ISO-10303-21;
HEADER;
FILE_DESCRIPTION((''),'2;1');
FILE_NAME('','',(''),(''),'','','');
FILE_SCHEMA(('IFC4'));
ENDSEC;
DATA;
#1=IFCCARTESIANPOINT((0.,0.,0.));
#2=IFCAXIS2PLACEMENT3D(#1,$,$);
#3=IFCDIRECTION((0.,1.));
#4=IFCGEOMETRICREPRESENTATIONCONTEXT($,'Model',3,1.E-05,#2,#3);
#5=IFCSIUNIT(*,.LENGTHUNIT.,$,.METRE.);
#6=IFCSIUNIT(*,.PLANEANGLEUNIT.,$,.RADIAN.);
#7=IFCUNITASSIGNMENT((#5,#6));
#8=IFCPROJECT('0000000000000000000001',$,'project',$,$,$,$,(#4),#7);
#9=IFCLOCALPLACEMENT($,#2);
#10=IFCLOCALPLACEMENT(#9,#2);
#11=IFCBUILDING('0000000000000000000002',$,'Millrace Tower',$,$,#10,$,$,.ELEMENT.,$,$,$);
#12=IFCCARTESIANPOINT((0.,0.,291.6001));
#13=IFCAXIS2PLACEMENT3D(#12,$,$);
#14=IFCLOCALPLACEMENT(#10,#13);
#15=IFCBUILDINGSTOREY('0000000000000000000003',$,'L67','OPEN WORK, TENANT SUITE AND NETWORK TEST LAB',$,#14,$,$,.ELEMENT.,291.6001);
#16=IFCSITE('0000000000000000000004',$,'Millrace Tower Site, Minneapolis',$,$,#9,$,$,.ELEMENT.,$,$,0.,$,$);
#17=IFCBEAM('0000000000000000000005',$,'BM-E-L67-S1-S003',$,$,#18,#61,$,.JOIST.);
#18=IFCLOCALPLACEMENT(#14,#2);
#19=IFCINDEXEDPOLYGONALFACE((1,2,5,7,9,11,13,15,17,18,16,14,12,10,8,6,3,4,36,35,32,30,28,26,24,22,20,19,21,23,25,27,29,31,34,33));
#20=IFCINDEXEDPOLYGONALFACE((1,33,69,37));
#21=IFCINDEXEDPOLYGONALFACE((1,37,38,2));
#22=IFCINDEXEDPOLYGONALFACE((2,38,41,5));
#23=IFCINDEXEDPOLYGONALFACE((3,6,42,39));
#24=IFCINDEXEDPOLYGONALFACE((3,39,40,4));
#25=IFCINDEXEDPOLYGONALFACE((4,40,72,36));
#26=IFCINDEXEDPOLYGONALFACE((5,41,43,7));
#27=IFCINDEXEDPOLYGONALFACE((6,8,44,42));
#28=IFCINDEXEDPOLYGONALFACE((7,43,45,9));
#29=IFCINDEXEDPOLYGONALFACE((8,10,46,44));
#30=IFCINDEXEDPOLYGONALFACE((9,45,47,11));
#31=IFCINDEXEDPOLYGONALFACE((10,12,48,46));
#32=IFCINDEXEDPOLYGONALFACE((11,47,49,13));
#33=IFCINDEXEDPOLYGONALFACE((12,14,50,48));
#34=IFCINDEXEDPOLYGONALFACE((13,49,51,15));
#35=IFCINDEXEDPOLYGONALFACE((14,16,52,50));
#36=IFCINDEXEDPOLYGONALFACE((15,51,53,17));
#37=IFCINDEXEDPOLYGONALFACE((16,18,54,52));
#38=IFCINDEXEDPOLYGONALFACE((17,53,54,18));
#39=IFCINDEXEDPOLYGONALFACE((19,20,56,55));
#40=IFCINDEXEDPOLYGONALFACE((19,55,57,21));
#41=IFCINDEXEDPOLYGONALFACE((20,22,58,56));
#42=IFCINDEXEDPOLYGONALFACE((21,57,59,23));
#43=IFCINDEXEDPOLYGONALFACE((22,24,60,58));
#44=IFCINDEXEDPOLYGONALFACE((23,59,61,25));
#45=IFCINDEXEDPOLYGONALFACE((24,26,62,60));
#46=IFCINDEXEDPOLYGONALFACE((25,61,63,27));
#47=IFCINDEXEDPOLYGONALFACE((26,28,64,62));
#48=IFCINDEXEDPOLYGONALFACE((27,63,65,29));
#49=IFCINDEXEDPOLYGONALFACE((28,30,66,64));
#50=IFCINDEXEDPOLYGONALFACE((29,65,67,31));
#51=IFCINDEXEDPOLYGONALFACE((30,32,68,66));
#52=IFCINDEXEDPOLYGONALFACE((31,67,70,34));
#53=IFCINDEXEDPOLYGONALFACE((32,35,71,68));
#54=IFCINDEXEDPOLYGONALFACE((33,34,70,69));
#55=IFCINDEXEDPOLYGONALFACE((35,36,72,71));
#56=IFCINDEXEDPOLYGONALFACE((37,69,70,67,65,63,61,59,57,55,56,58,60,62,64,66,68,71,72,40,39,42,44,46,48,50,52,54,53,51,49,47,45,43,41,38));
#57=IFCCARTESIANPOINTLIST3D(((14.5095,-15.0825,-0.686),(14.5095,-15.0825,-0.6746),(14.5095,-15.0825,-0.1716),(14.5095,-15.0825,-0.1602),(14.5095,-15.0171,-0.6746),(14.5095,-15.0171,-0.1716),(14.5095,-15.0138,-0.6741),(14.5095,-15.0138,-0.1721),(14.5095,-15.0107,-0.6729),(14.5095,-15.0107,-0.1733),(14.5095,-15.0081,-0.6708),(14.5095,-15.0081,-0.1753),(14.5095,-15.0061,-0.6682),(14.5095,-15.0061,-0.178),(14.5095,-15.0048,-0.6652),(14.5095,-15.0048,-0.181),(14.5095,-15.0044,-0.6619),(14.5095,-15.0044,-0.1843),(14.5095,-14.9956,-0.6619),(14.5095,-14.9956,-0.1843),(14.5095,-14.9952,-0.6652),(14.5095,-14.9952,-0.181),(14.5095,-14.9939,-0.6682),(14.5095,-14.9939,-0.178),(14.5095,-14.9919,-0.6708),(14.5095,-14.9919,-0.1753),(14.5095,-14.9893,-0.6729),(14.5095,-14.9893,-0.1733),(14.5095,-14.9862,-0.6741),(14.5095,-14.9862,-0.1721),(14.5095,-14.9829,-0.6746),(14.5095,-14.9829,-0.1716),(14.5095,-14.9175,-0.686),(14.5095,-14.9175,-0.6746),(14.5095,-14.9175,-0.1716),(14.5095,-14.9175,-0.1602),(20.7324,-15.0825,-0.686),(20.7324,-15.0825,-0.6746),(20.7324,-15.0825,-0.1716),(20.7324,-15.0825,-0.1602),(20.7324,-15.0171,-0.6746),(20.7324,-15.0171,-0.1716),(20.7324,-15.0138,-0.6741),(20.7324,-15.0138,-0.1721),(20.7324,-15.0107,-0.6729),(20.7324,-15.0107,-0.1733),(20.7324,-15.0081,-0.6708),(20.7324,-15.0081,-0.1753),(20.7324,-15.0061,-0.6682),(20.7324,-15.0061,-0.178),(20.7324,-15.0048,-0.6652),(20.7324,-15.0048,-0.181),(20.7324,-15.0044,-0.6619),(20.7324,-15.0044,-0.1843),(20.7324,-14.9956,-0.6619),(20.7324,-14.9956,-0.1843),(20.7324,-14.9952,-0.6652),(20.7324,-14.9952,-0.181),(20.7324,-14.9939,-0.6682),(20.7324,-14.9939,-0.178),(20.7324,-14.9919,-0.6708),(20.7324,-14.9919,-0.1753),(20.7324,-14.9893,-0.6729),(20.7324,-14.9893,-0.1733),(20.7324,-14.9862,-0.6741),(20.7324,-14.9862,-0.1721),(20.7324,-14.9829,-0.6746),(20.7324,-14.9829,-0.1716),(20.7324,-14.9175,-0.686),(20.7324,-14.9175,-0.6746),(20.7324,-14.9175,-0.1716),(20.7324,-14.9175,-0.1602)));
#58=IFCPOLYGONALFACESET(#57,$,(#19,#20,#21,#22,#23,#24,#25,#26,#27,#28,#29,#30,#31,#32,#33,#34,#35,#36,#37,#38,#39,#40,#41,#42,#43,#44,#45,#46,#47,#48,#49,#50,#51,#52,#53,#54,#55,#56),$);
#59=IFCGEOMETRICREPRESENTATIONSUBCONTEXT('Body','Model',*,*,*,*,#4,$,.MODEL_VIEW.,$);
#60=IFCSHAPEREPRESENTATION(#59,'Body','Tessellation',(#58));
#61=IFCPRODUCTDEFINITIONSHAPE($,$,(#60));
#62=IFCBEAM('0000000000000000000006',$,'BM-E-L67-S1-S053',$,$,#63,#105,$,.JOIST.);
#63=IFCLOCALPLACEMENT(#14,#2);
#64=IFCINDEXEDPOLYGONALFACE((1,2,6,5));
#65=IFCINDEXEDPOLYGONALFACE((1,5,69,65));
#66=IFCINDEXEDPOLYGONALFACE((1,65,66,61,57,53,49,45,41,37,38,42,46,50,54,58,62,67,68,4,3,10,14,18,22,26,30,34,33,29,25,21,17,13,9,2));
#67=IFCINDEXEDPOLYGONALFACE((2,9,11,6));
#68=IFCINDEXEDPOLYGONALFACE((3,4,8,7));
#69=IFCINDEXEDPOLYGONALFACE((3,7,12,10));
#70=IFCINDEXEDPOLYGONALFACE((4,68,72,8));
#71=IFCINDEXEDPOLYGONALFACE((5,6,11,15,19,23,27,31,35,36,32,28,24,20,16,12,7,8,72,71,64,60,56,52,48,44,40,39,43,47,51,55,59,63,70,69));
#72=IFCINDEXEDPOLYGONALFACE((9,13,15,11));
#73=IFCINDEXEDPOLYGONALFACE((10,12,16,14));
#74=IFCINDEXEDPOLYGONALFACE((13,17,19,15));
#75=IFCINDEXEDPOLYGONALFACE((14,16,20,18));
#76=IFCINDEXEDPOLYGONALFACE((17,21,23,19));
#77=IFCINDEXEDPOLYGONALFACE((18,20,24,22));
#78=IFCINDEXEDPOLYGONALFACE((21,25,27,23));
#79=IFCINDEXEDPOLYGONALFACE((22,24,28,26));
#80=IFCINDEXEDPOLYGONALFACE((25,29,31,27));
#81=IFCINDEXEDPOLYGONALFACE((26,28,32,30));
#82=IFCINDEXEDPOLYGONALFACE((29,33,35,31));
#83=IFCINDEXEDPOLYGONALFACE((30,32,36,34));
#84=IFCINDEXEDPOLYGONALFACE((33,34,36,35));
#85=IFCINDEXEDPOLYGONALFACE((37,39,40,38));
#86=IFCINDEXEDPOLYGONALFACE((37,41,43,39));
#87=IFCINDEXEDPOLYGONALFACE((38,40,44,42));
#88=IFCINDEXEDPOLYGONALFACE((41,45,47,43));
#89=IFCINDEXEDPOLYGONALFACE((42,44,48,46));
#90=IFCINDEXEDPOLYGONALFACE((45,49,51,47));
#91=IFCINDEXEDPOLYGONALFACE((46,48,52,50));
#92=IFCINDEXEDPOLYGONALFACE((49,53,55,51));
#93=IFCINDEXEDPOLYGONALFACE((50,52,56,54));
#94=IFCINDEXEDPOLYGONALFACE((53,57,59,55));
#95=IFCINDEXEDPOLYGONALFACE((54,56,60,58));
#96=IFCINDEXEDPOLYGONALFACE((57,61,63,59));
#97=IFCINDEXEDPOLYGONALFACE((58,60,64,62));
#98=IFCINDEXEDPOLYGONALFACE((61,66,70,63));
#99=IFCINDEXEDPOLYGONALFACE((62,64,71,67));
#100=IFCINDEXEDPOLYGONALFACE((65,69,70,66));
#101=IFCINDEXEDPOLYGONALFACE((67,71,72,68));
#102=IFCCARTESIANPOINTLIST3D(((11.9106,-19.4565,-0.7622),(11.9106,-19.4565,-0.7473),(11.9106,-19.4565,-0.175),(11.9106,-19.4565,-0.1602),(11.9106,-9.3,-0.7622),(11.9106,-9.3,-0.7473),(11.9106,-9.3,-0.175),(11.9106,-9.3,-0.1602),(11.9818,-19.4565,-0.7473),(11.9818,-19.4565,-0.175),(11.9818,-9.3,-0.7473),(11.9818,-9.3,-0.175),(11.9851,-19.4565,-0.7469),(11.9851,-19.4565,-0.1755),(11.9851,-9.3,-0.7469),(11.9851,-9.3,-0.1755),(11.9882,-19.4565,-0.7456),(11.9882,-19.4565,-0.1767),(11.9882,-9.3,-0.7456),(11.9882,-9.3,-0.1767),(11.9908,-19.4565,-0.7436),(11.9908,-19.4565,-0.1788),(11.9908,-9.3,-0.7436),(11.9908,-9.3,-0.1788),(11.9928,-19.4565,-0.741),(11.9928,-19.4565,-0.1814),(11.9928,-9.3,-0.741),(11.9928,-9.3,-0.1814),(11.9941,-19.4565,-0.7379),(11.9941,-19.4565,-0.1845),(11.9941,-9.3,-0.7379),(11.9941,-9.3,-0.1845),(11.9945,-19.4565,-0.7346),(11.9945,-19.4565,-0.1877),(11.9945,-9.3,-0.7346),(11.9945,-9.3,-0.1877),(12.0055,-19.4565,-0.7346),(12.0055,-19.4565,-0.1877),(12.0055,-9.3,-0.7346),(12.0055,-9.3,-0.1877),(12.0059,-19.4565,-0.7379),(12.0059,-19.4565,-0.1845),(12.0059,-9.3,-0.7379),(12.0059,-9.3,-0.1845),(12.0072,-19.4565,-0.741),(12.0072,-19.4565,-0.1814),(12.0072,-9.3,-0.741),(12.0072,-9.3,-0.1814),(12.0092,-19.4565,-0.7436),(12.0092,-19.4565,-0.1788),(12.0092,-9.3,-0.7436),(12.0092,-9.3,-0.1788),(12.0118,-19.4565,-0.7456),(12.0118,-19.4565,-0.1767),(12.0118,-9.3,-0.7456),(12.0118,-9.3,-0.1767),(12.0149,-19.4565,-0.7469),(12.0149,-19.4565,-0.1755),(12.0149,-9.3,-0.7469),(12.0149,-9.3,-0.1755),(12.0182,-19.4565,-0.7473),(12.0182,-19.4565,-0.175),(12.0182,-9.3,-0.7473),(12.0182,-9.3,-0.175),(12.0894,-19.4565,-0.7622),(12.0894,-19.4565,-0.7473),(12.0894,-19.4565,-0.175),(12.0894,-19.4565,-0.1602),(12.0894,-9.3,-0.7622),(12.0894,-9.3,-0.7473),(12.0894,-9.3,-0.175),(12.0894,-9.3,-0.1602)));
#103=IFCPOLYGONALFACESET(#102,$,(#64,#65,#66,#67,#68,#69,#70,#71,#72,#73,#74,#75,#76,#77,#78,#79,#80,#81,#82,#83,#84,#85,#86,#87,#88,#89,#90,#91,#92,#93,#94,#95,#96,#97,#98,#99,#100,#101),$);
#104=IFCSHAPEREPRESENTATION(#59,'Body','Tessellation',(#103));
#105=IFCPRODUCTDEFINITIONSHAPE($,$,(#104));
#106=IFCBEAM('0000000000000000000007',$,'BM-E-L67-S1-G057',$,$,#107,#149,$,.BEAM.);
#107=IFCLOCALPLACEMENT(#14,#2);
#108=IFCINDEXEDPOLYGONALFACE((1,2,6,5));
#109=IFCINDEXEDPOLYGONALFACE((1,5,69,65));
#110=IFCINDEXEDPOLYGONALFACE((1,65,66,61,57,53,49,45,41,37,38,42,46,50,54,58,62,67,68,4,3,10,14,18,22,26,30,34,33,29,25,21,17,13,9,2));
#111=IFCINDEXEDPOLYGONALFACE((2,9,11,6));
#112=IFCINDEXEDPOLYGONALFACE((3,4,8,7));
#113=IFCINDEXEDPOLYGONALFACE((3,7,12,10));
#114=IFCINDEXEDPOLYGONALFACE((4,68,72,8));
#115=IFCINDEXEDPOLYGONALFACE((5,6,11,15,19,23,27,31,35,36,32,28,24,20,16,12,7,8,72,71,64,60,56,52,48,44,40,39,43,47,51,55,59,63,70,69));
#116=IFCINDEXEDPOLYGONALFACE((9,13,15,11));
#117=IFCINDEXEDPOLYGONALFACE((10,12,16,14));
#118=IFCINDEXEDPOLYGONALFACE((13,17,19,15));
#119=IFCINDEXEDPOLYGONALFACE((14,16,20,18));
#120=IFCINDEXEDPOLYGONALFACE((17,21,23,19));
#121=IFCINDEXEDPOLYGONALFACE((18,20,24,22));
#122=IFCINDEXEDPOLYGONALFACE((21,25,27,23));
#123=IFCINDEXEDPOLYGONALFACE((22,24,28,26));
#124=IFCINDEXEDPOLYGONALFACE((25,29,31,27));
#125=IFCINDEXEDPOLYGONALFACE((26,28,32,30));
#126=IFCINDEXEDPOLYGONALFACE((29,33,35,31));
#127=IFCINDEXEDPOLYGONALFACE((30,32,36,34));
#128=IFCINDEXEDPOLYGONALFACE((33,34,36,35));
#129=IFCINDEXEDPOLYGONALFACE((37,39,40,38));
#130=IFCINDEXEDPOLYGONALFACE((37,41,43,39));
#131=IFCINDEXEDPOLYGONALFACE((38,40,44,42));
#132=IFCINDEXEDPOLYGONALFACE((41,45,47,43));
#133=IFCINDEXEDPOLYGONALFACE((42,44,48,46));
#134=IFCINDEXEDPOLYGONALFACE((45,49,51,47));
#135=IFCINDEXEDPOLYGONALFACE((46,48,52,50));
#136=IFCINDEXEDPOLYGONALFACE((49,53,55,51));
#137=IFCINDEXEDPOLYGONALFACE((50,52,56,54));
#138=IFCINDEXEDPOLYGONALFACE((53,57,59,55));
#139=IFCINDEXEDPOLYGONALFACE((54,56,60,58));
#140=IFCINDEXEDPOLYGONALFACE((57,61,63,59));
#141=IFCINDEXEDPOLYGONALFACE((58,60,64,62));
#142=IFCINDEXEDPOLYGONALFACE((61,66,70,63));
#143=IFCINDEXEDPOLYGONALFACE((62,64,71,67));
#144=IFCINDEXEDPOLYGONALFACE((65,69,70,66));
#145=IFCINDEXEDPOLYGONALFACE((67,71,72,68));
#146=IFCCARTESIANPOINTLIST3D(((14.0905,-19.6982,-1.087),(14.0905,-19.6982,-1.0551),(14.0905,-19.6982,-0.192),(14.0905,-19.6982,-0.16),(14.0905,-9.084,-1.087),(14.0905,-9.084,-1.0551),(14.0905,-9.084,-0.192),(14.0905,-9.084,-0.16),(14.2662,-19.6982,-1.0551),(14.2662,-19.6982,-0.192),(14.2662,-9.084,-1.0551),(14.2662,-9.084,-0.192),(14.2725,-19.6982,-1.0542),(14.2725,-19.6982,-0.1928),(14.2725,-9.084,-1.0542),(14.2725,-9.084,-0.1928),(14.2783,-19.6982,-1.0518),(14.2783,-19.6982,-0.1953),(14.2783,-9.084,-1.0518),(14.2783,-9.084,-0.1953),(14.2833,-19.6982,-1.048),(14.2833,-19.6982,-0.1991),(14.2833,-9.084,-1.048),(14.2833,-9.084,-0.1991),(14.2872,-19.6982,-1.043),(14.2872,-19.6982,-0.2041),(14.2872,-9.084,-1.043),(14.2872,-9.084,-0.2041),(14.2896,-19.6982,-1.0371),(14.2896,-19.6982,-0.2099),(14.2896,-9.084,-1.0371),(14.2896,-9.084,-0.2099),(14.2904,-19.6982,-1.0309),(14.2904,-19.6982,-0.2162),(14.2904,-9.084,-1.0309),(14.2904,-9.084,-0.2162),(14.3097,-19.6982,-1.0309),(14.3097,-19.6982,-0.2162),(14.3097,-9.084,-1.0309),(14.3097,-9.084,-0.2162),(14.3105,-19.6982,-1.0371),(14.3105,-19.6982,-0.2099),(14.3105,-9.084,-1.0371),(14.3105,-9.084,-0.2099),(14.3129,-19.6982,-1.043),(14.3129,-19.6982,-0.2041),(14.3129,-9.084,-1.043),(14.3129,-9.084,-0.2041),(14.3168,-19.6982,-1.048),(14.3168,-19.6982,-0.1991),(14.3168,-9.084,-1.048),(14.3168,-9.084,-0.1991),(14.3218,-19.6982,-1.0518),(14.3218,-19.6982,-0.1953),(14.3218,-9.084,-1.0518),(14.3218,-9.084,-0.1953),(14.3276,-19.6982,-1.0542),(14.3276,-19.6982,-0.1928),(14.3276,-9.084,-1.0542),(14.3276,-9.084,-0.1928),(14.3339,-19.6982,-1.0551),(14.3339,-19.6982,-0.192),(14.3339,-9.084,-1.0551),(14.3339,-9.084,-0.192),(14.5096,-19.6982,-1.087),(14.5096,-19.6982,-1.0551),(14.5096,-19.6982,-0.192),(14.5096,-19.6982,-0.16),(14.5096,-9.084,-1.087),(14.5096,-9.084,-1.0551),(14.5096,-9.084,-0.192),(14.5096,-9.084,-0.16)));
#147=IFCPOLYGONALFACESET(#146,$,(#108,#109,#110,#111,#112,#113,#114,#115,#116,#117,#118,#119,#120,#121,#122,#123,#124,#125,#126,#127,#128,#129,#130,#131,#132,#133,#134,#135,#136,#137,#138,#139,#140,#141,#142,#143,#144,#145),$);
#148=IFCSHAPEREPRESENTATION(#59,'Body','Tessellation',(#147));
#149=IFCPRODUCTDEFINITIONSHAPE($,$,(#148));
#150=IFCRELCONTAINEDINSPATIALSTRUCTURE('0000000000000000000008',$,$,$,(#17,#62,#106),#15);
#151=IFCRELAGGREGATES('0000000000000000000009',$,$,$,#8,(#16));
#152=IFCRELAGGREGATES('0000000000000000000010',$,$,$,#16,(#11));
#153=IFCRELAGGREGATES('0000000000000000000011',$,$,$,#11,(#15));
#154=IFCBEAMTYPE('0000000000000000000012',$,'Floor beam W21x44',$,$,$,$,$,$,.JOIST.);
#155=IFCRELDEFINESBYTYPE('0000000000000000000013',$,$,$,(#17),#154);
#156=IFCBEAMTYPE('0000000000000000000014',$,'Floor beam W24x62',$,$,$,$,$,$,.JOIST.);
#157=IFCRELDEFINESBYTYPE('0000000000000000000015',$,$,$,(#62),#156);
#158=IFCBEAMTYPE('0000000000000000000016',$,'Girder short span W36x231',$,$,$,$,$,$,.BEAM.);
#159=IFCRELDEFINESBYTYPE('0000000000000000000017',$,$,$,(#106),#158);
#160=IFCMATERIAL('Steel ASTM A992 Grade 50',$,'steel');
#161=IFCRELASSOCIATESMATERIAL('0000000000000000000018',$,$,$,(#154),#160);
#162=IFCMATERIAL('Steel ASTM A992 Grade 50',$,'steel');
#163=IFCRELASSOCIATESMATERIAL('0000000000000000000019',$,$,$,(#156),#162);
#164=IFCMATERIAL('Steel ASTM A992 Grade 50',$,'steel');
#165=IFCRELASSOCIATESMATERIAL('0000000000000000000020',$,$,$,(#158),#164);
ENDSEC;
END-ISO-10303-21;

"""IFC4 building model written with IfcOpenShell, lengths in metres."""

from ifc_helpers import new_model, si_unit, direction, frame, origin, origin_2d, place, context, subcontext, project, spatial, i_section, extrude, material, material_profile, profile_set, type_object, element, save


model = new_model("IFC4")

# Units and contexts
model_context = context("Model", 3, precision=1e-05, world=origin(), true_north=direction((0.0, 1.0)))
body_context = subcontext(model_context, "Body", "Model", "MODEL_VIEW")
ifc_project = project(units=[si_unit("LENGTHUNIT", "METRE"), si_unit("PLANEANGLEUNIT", "RADIAN")], contexts=[model_context])

# Site, building, storey
site_placement = place(None, origin())
site = spatial("IfcSite", under=ifc_project, at=site_placement, Name="Millrace Tower Site, Minneapolis", CompositionType="ELEMENT", RefElevation=0.0)
building_placement = place(site_placement, origin())
building = spatial("IfcBuilding", under=site, at=building_placement, Name="Millrace Tower", CompositionType="ELEMENT")
storey_placement = place(building_placement, frame((0.0, 0.0, 291.6001)))
storey = spatial("IfcBuildingStorey", under=building, at=storey_placement, Name="L67", Description="OPEN WORK, TENANT SUITE AND NETWORK TEST LAB", CompositionType="ELEMENT", Elevation=291.6001)

# Beams
ifc_material_1 = material(Name="Steel ASTM A992 Grade 50", Category="steel")
ifc_material_profile_1 = material_profile(ifc_material_1, i_section(OverallWidth=0.165, OverallDepth=0.5259, WebThickness=0.0088, FlangeThickness=0.0115, FilletRadius=0.0127, at=origin_2d()))
ifc_profile_set_1 = profile_set([ifc_material_profile_1], Name="Steel ASTM A992 Grade 50")
beam_type_1 = type_object("IfcBeamType", Name="Floor beam W21x44", PredefinedType="JOIST", material=ifc_profile_set_1)
beam_1_placement = place(storey_placement, frame((14.5095, -15.0, -0.4231), z_axis=(1.0, 0.0, 0.0), x_axis=(0.0, 1.0, 0.0)))
element("IfcBeam", 1, at=beam_1_placement, inside=storey, type_object=beam_type_1, Name="BM-E-L67-S1-S003", PredefinedType="JOIST", context=body_context, shape_type="SweptSolid", body=[
    extrude(i_section(OverallWidth=0.165, OverallDepth=0.5259, WebThickness=0.0088, FlangeThickness=0.0115, FilletRadius=0.0127, at=origin_2d()), origin(), (0.0, 0.0, 1.0), 6.2229),
])
ifc_material_2 = material(Name="Steel ASTM A992 Grade 50", Category="steel")
ifc_material_profile_2 = material_profile(ifc_material_2, i_section(OverallWidth=0.1787, OverallDepth=0.6021, WebThickness=0.011, FlangeThickness=0.0149, FilletRadius=0.0127, at=origin_2d()))
ifc_profile_set_2 = profile_set([ifc_material_profile_2], Name="Steel ASTM A992 Grade 50")
beam_type_2 = type_object("IfcBeamType", Name="Floor beam W24x62", PredefinedType="JOIST", material=ifc_profile_set_2)
beam_2_placement = place(storey_placement, frame((12.0, -19.4565, -0.4612), z_axis=(0.0, 1.0, 0.0), x_axis=(-1.0, 0.0, 0.0)))
element("IfcBeam", 2, at=beam_2_placement, inside=storey, type_object=beam_type_2, Name="BM-E-L67-S1-S053", PredefinedType="JOIST", context=body_context, shape_type="SweptSolid", body=[
    extrude(i_section(OverallWidth=0.1787, OverallDepth=0.6021, WebThickness=0.011, FlangeThickness=0.0149, FilletRadius=0.0127, at=origin_2d()), origin(), (0.0, 0.0, 1.0), 10.1565),
])
ifc_material_3 = material(Name="Steel ASTM A992 Grade 50", Category="steel")
ifc_material_profile_3 = material_profile(ifc_material_3, i_section(OverallWidth=0.4192, OverallDepth=0.927, WebThickness=0.0193, FlangeThickness=0.032, FilletRadius=0.0242, at=origin_2d()))
ifc_profile_set_3 = profile_set([ifc_material_profile_3], Name="Steel ASTM A992 Grade 50")
beam_type_3 = type_object("IfcBeamType", Name="Girder short span W36x231", PredefinedType="BEAM", material=ifc_profile_set_3)
beam_3_placement = place(storey_placement, frame((14.3, -19.6982, -0.6235), z_axis=(0.0, 1.0, 0.0), x_axis=(-1.0, 0.0, 0.0)))
element("IfcBeam", 3, at=beam_3_placement, inside=storey, type_object=beam_type_3, Name="BM-E-L67-S1-G057", PredefinedType="BEAM", context=body_context, shape_type="SweptSolid", body=[
    extrude(i_section(OverallWidth=0.4192, OverallDepth=0.927, WebThickness=0.0193, FlangeThickness=0.032, FilletRadius=0.0242, at=origin_2d()), origin(), (0.0, 0.0, 1.0), 10.6143),
])

save(model, "model.ifc")
